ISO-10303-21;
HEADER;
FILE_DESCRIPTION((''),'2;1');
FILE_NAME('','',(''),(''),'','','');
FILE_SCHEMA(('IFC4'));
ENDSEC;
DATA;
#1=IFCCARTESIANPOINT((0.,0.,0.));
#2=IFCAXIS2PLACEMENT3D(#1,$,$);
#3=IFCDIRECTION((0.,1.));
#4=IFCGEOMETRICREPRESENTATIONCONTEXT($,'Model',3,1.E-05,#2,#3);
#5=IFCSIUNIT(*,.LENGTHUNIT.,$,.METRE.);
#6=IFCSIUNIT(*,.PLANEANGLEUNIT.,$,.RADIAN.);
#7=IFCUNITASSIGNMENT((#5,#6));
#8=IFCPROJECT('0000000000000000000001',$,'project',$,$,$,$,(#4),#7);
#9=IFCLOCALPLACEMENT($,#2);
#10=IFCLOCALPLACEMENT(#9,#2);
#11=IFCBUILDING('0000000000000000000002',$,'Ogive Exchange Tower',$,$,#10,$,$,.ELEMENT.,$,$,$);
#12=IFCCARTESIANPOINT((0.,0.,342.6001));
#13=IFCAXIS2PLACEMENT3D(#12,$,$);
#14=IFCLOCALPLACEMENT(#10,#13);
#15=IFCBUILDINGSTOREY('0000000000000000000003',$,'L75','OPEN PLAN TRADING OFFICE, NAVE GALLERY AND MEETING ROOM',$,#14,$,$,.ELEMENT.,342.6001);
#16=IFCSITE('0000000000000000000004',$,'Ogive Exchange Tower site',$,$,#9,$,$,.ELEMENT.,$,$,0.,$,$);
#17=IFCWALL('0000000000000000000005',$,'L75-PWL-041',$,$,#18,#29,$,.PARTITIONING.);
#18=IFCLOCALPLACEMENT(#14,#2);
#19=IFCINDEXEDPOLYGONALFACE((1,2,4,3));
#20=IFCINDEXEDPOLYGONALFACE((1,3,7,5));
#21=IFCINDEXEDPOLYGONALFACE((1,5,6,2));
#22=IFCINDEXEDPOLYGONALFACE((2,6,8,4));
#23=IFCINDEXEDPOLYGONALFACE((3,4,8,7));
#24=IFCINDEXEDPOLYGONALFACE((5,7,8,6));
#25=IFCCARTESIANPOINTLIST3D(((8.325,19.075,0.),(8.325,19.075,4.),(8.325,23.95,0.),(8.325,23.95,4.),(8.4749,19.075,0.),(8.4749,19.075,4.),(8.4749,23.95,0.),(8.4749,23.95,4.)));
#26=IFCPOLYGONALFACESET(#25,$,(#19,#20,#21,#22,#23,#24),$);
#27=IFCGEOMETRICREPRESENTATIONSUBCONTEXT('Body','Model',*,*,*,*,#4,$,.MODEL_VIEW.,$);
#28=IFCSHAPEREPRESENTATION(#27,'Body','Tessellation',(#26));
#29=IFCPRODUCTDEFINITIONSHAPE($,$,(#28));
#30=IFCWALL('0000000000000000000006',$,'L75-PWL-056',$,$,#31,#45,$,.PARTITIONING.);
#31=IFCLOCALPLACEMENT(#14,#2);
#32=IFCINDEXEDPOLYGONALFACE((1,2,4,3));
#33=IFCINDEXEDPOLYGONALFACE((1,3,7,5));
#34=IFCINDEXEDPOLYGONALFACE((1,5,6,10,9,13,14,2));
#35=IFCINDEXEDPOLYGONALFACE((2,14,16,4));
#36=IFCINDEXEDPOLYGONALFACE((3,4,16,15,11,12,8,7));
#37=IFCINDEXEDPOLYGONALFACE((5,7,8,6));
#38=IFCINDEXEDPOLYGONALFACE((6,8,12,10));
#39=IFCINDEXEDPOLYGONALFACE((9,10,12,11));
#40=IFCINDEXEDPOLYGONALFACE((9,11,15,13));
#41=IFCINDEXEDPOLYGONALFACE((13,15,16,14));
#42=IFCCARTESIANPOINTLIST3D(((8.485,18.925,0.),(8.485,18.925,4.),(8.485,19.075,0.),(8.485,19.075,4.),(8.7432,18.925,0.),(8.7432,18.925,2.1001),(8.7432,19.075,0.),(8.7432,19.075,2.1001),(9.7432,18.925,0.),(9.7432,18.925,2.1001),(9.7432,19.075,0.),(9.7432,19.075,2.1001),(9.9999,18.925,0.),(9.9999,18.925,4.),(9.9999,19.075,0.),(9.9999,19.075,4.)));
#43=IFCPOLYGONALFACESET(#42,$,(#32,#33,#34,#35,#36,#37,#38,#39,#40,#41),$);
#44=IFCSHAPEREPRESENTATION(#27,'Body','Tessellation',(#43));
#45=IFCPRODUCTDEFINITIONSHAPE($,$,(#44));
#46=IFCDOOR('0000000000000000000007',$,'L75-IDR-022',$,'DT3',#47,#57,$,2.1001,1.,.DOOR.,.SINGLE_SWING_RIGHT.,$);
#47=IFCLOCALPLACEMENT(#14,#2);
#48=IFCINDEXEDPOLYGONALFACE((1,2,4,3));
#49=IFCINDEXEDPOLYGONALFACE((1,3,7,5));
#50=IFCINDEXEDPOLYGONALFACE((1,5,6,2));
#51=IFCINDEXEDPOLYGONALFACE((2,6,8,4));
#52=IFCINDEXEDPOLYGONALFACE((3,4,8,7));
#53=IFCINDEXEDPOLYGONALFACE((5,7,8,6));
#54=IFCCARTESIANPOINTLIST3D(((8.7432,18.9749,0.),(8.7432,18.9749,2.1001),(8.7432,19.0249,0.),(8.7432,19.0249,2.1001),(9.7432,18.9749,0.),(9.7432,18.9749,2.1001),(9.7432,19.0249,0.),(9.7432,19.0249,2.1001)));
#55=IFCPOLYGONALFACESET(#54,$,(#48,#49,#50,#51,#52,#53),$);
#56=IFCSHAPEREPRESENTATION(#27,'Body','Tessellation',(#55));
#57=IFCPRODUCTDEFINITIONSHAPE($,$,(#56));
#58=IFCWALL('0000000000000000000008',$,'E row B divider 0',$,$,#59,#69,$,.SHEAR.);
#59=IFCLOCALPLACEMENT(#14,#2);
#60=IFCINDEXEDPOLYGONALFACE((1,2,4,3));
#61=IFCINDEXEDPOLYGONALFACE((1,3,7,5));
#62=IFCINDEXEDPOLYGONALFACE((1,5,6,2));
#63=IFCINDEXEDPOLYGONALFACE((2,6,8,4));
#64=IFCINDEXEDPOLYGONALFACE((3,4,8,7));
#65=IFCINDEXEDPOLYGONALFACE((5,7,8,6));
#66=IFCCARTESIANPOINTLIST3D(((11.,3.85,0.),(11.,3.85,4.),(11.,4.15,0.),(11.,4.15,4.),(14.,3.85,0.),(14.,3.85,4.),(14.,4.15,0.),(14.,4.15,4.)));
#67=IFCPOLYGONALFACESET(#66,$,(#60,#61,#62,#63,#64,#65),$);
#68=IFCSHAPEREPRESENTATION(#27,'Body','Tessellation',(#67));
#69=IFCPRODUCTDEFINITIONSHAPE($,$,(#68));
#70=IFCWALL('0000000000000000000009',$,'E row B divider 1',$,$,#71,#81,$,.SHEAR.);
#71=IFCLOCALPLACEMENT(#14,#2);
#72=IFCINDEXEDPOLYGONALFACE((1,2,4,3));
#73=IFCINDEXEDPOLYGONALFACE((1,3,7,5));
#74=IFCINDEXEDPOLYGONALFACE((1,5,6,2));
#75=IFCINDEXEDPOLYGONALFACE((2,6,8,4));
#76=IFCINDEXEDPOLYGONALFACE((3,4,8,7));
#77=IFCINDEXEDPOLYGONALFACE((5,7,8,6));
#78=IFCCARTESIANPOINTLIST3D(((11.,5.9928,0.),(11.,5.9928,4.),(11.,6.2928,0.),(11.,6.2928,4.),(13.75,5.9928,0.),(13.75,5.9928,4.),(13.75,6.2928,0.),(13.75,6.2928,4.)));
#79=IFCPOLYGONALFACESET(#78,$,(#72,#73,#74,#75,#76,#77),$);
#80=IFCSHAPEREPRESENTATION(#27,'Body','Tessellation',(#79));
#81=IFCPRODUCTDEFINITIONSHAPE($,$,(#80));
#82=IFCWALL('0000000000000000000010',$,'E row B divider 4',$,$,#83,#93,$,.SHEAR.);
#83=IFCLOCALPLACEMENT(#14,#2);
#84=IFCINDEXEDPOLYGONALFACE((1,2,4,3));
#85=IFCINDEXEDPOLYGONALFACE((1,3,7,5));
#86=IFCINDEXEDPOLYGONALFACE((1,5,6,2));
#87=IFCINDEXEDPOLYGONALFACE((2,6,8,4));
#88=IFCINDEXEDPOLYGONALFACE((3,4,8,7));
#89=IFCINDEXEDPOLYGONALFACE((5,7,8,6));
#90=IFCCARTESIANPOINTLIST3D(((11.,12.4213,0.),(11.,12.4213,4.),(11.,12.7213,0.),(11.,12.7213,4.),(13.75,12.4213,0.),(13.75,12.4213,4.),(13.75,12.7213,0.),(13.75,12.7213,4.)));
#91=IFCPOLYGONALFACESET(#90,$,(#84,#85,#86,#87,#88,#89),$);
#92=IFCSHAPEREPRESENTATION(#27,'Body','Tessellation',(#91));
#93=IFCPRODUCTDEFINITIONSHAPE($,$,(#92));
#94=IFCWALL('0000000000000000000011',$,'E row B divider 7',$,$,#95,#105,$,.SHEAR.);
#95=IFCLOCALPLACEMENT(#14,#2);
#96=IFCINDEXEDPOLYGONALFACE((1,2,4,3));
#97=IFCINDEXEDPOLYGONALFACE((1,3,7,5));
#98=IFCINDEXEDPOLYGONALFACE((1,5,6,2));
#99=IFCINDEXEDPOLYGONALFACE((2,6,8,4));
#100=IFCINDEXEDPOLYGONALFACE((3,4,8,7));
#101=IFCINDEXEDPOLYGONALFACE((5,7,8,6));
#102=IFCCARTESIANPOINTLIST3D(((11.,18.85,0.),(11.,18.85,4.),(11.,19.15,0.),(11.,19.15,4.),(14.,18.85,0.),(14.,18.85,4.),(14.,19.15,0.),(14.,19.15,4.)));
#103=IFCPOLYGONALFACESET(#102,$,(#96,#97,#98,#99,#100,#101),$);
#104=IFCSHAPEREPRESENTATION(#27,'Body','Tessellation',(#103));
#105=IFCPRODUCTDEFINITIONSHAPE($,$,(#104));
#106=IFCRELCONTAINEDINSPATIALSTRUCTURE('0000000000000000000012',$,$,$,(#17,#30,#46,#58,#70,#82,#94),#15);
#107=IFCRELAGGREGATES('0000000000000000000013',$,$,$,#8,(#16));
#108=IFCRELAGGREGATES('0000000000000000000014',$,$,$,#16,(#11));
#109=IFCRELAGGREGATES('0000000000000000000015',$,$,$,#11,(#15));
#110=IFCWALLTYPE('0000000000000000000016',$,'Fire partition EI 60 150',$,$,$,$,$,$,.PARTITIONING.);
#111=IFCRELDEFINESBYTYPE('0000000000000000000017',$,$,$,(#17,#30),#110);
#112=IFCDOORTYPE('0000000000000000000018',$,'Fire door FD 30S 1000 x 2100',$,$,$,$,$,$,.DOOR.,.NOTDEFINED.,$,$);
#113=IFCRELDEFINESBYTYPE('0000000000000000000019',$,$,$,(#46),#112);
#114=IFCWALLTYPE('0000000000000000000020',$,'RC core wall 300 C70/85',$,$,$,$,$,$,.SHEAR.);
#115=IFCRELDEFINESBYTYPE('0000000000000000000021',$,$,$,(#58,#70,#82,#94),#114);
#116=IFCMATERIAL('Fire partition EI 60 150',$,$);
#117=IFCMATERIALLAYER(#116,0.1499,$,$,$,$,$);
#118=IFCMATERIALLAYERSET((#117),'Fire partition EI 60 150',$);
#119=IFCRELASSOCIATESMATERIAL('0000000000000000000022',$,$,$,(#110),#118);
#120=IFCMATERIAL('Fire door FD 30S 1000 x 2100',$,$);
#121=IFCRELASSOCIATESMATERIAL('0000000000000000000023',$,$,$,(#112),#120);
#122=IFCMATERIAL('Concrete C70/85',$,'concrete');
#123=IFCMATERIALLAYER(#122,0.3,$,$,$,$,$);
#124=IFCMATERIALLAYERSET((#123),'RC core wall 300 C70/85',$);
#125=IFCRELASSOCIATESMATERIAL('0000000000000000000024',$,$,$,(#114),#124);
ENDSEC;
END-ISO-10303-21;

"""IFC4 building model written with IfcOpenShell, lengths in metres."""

from ifc_helpers import new_model, si_unit, direction, frame, frame_2d, origin, place, context, subcontext, project, spatial, rectangle, extrude, material, layer, layer_set, type_object, element, fill, save


model = new_model("IFC4")

# Units and contexts
model_context = context("Model", 3, precision=1e-05, world=origin(), true_north=direction((0.0, 1.0)))
body_context = subcontext(model_context, "Body", "Model", "MODEL_VIEW")
ifc_project = project(units=[si_unit("LENGTHUNIT", "METRE"), si_unit("PLANEANGLEUNIT", "RADIAN")], contexts=[model_context])

# Site, building, storey
site_placement = place(None, origin())
site = spatial("IfcSite", under=ifc_project, at=site_placement, Name="Ogive Exchange Tower site", CompositionType="ELEMENT", RefElevation=0.0)
building_placement = place(site_placement, origin())
building = spatial("IfcBuilding", under=site, at=building_placement, Name="Ogive Exchange Tower", CompositionType="ELEMENT")
storey_placement = place(building_placement, frame((0.0, 0.0, 342.6001)))
storey = spatial("IfcBuildingStorey", under=building, at=storey_placement, Name="L75", Description="OPEN PLAN TRADING OFFICE, NAVE GALLERY AND MEETING ROOM", CompositionType="ELEMENT", Elevation=342.6001)

# Shared definitions
ifc_material_1 = material(Name="Concrete C70/85", Category="concrete")

# Wall
ifc_material_2 = material(Name="Fire partition EI 60 150")
ifc_layer_1 = layer(ifc_material_2, 0.1499)
ifc_layer_set_1 = layer_set([ifc_layer_1], Name="Fire partition EI 60 150")
wall_type_1 = type_object("IfcWallType", Name="Fire partition EI 60 150", PredefinedType="PARTITIONING", material=ifc_layer_set_1)
wall_1_placement = place(storey_placement, frame((8.3999, 19.075, 0.0), z_axis=(0.0, 0.0, 1.0), x_axis=(0.0, 1.0, 0.0)))
element("IfcWall", 1, at=wall_1_placement, inside=storey, type_object=wall_type_1, Name="L75-PWL-041", PredefinedType="PARTITIONING", context=body_context, shape_type="SweptSolid", body=[
    extrude(rectangle(XDim=4.875, YDim=0.1499, at=frame_2d((2.4375, 0.0))), origin(), (0.0, 0.0, 1.0), 4.0),
])

# Wall, opening, door
wall_2_placement = place(storey_placement, frame((8.4851, 19.0, 0.0), z_axis=(0.0, 0.0, 1.0), x_axis=(1.0, 0.0, 0.0)))
wall_2 = element("IfcWall", 2, at=wall_2_placement, inside=storey, type_object=wall_type_1, Name="L75-PWL-056", PredefinedType="PARTITIONING", context=body_context, shape_type="SweptSolid", body=[
    extrude(rectangle(XDim=1.5149, YDim=0.1499, at=frame_2d((0.7573, 0.0))), origin(), (0.0, 0.0, 1.0), 4.0),
])
opening_placement = place(wall_2_placement, frame((0.2581, 0.0, 0.0)))
opening = element("IfcOpeningElement", 3, at=opening_placement, cuts=wall_2, PredefinedType="OPENING", context=body_context, shape_type="SweptSolid", body=[
    extrude(rectangle(XDim=1.0, YDim=2.1001, at=frame_2d((0.5, 1.05))), frame((0.0, 0.085, 0.0), z_axis=(0.0, -1.0, 0.0), x_axis=(1.0, 0.0, 0.0)), (0.0, 0.0, 1.0), 0.1699),
])
ifc_material_3 = material(Name="Fire door FD 30S 1000 x 2100")
door_type = type_object("IfcDoorType", Name="Fire door FD 30S 1000 x 2100", OperationType="NOTDEFINED", PredefinedType="DOOR", material=ifc_material_3)
door_placement = place(opening_placement, origin())
door = element("IfcDoor", 4, at=door_placement, inside=storey, type_object=door_type, Name="L75-IDR-022", ObjectType="DT3", OperationType="SINGLE_SWING_RIGHT", OverallHeight=2.1001, OverallWidth=1.0, PredefinedType="DOOR", context=body_context, shape_type="SweptSolid", body=[
    extrude(rectangle(XDim=1.0, YDim=2.1001, at=frame_2d((0.5, 1.05))), frame((0.0, 0.0249, 0.0), z_axis=(0.0, -1.0, 0.0), x_axis=(1.0, 0.0, 0.0)), (0.0, 0.0, 1.0), 0.05),
])
fill(opening, door)

# Walls
ifc_layer_2 = layer(ifc_material_1, 0.3)
ifc_layer_set_2 = layer_set([ifc_layer_2], Name="RC core wall 300 C70/85")
wall_type_2 = type_object("IfcWallType", Name="RC core wall 300 C70/85", PredefinedType="SHEAR", material=ifc_layer_set_2)
wall_3_placement = place(storey_placement, frame((11.0, 4.0, 0.0), z_axis=(0.0, 0.0, 1.0), x_axis=(1.0, 0.0, 0.0)))
element("IfcWall", 5, at=wall_3_placement, inside=storey, type_object=wall_type_2, Name="E row B divider 0", PredefinedType="SHEAR", context=body_context, shape_type="SweptSolid", body=[
    extrude(rectangle(XDim=3.0, YDim=0.3, at=frame_2d((1.5, 0.0))), origin(), (0.0, 0.0, 1.0), 4.0),
])
for number, where, z_axis, x_axis, name in (
    (6, (11.0, 6.1428, 0.0), (0.0, 0.0, 1.0), (1.0, 0.0, 0.0), "E row B divider 1"),
    (7, (11.0, 12.5713, 0.0), (0.0, 0.0, 1.0), (1.0, 0.0, 0.0), "E row B divider 4"),
):
    element("IfcWall", number, at=place(storey_placement, frame(where, z_axis=z_axis, x_axis=x_axis)), inside=storey, type_object=wall_type_2, Name=name, PredefinedType="SHEAR", context=body_context, shape_type="SweptSolid", body=[
        extrude(rectangle(XDim=2.75, YDim=0.3, at=frame_2d((1.375, 0.0))), origin(), (0.0, 0.0, 1.0), 4.0),
    ])
wall_4_placement = place(storey_placement, frame((11.0, 19.0, 0.0), z_axis=(0.0, 0.0, 1.0), x_axis=(1.0, 0.0, 0.0)))
element("IfcWall", 8, at=wall_4_placement, inside=storey, type_object=wall_type_2, Name="E row B divider 7", PredefinedType="SHEAR", context=body_context, shape_type="SweptSolid", body=[
    extrude(rectangle(XDim=3.0, YDim=0.3, at=frame_2d((1.5, 0.0))), origin(), (0.0, 0.0, 1.0), 4.0),
])

save(model, "model.ifc")
